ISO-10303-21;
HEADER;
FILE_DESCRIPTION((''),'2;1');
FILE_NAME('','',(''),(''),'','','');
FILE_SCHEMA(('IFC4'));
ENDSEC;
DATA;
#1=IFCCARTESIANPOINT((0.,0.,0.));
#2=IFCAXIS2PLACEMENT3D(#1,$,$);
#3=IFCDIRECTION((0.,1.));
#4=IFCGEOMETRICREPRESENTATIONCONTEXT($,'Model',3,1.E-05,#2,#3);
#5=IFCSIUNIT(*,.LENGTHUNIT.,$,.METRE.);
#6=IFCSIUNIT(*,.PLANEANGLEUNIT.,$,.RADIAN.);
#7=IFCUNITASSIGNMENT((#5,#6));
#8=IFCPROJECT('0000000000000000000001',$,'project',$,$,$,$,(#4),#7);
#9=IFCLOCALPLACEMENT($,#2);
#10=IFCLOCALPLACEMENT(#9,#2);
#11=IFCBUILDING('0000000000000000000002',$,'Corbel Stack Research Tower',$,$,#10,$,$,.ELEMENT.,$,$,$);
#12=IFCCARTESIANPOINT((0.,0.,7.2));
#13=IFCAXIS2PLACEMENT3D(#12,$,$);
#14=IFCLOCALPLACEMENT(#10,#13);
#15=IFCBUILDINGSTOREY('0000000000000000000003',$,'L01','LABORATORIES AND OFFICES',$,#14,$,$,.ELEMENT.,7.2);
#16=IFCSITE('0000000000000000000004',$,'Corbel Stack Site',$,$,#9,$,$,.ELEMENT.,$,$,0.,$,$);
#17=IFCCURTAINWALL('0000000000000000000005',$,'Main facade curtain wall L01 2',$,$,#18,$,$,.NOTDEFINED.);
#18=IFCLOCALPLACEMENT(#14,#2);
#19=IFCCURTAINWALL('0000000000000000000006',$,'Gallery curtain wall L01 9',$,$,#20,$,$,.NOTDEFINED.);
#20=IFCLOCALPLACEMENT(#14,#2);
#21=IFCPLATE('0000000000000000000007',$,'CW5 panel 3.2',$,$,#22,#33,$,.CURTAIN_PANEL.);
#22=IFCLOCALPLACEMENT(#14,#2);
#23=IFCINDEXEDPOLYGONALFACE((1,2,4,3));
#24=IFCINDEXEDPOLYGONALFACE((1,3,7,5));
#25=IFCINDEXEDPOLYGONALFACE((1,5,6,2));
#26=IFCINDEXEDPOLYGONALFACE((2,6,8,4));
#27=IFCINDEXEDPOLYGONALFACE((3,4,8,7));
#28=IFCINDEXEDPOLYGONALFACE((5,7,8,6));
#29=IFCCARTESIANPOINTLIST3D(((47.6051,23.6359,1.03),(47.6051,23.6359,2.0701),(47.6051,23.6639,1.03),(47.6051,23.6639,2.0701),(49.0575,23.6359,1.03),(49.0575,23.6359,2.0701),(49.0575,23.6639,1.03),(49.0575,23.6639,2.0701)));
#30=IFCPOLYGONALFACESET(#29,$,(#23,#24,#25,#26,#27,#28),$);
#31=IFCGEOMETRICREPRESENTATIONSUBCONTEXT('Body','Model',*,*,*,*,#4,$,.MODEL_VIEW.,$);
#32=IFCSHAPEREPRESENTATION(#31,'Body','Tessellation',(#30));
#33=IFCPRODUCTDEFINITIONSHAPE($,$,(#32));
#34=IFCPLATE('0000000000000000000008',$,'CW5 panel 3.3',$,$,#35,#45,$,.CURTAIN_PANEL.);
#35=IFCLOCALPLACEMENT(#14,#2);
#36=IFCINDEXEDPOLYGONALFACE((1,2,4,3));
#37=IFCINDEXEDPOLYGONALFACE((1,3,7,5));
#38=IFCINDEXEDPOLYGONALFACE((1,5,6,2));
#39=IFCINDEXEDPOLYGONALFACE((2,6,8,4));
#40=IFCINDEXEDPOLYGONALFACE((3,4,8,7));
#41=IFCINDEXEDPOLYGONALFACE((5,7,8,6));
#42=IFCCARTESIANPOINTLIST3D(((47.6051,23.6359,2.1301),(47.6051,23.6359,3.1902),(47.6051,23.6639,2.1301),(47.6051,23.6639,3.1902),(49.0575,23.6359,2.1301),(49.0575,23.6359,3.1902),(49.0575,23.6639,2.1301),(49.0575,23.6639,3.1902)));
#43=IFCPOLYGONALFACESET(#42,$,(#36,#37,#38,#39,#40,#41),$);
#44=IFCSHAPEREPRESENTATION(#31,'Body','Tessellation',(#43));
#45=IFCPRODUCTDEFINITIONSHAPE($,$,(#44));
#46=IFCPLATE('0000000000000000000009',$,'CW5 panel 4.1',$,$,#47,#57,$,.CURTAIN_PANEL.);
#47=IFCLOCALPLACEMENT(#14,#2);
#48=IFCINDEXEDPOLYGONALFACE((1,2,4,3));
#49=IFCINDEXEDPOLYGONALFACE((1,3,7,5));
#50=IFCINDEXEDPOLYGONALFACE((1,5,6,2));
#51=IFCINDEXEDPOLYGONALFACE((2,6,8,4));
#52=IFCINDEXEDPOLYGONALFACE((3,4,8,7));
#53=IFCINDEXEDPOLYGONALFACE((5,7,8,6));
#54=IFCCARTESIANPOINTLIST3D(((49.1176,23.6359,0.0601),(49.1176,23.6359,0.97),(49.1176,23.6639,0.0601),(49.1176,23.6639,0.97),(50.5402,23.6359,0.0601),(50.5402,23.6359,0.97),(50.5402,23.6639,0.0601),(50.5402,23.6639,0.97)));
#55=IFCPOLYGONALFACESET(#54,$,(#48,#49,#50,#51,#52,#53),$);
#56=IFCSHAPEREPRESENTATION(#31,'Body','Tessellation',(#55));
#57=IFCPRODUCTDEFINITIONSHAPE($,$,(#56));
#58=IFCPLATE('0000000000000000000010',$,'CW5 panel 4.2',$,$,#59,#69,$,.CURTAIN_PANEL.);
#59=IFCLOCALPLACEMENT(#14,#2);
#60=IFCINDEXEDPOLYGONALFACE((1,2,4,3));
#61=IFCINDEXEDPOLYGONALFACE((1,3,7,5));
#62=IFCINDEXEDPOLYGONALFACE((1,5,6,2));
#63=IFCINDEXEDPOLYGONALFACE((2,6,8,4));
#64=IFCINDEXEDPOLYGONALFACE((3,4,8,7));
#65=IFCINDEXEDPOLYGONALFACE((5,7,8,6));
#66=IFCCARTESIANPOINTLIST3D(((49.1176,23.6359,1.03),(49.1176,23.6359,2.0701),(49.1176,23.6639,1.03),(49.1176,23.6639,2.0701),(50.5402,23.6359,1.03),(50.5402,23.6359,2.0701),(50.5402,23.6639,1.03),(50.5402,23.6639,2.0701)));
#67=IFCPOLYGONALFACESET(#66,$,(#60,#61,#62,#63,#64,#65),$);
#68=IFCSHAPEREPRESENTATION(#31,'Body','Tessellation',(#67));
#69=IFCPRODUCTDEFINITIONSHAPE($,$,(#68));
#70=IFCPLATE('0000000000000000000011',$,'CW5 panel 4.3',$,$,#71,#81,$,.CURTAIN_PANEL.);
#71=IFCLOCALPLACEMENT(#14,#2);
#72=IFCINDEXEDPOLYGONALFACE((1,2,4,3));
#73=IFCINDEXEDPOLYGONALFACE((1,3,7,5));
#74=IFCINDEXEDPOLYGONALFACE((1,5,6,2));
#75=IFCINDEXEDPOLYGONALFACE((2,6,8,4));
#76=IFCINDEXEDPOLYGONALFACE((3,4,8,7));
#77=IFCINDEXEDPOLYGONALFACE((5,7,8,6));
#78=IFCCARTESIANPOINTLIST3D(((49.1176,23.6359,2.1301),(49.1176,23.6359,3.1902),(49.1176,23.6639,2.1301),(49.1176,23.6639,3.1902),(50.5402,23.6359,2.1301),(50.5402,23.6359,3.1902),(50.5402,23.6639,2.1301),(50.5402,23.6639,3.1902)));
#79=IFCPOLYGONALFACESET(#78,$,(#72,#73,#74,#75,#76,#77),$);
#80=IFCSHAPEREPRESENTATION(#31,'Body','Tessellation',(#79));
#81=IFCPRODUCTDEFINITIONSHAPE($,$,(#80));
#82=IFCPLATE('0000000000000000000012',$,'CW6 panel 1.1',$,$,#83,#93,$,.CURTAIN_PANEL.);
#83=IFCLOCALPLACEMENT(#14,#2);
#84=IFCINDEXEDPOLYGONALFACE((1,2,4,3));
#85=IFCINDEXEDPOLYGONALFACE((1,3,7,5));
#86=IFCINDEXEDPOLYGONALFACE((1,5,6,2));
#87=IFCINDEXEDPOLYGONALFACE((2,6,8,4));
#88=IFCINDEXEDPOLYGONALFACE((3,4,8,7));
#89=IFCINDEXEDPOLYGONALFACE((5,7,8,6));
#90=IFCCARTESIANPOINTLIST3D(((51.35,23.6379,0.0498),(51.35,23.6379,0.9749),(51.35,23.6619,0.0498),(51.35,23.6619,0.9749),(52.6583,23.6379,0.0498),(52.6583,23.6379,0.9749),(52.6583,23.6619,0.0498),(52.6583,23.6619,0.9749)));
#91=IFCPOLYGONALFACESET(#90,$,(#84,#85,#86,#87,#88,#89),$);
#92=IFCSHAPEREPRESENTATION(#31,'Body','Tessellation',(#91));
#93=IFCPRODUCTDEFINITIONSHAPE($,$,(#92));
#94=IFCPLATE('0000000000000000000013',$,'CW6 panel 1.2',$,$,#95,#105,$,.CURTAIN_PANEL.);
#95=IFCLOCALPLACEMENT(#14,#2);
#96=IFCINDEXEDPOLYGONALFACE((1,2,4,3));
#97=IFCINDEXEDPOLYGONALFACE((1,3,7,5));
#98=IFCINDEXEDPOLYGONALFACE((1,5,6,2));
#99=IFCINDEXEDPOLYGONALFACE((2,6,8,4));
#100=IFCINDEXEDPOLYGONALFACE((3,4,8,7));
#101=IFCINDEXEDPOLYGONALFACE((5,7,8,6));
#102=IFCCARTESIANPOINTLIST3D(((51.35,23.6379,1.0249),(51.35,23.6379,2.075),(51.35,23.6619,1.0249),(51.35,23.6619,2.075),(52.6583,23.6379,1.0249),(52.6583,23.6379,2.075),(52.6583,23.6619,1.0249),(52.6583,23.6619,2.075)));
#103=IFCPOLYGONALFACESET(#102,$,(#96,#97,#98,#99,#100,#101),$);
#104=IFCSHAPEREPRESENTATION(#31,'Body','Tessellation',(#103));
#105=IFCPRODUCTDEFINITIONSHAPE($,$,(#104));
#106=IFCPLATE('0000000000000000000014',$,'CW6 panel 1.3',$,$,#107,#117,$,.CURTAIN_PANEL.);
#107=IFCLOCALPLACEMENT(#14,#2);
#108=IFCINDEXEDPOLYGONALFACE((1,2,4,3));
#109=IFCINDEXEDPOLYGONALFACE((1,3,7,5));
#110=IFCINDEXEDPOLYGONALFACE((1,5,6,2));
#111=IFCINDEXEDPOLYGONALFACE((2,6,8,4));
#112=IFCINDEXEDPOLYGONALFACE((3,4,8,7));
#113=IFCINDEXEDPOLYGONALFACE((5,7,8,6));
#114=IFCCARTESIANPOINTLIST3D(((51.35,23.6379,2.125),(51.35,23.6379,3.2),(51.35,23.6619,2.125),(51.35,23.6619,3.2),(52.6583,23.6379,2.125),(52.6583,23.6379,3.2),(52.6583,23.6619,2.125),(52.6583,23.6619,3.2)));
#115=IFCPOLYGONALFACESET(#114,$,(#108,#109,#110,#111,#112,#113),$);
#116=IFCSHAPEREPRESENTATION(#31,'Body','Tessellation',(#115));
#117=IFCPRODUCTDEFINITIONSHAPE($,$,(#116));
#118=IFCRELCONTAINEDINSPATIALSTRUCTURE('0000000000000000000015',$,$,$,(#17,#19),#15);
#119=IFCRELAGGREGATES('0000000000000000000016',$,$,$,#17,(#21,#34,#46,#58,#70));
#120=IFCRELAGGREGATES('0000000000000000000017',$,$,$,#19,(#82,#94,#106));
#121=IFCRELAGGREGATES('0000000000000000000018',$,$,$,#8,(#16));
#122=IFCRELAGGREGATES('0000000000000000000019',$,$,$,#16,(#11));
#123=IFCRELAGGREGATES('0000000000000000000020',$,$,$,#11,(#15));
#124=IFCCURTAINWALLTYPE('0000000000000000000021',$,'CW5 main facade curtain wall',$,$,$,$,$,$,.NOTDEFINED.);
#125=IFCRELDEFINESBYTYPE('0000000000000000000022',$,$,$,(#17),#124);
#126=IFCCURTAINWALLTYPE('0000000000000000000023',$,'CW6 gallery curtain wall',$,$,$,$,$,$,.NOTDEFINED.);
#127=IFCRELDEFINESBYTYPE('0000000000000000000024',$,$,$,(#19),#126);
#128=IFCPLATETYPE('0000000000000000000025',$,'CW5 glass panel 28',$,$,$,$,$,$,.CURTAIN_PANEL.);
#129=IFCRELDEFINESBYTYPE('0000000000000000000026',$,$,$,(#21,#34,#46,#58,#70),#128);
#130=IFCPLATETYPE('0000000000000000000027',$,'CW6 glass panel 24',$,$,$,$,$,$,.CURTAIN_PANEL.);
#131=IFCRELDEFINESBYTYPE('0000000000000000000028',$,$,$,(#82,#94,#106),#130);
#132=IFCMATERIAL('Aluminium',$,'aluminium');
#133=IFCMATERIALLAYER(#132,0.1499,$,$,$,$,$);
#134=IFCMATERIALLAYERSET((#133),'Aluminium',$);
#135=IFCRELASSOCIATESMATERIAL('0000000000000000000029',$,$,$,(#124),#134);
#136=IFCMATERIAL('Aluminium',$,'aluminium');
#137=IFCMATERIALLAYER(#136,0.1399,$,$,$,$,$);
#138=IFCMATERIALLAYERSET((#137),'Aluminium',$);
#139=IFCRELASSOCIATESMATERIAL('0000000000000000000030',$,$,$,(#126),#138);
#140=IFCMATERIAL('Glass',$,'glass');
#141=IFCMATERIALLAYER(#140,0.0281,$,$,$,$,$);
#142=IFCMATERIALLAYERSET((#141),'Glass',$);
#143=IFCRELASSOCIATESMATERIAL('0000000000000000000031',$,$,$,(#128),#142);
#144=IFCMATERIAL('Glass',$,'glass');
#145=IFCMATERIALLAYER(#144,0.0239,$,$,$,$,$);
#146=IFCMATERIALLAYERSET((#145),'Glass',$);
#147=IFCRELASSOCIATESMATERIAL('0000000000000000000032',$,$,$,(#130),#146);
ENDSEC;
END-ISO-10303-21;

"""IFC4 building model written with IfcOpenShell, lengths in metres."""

from ifc_helpers import new_model, si_unit, direction, frame, origin, origin_2d, place, context, subcontext, project, spatial, rectangle, extrude, material, layer, layer_set, type_object, element, aggregate, save


model = new_model("IFC4")

# Units and contexts
model_context = context("Model", 3, precision=1e-05, world=origin(), true_north=direction((0.0, 1.0)))
body_context = subcontext(model_context, "Body", "Model", "MODEL_VIEW")
ifc_project = project(units=[si_unit("LENGTHUNIT", "METRE"), si_unit("PLANEANGLEUNIT", "RADIAN")], contexts=[model_context])

# Site, building, storey
site_placement = place(None, origin())
site = spatial("IfcSite", under=ifc_project, at=site_placement, Name="Corbel Stack Site", CompositionType="ELEMENT", RefElevation=0.0)
building_placement = place(site_placement, origin())
building = spatial("IfcBuilding", under=site, at=building_placement, Name="Corbel Stack Research Tower", CompositionType="ELEMENT")
storey_placement = place(building_placement, frame((0.0, 0.0, 7.2)))
storey = spatial("IfcBuildingStorey", under=building, at=storey_placement, Name="L01", Description="LABORATORIES AND OFFICES", CompositionType="ELEMENT", Elevation=7.2)

# Curtain walls
ifc_material_1 = material(Name="Aluminium", Category="aluminium")
ifc_layer_1 = layer(ifc_material_1, 0.1499)
ifc_layer_set_1 = layer_set([ifc_layer_1], Name="Aluminium")
curtain_wall_type_1 = type_object("IfcCurtainWallType", Name="CW5 main facade curtain wall", PredefinedType="NOTDEFINED", material=ifc_layer_set_1)
curtain_wall_1_placement = place(storey_placement, origin())
curtain_wall_1 = element("IfcCurtainWall", 1, at=curtain_wall_1_placement, inside=storey, type_object=curtain_wall_type_1, Name="Main facade curtain wall L01 2", PredefinedType="NOTDEFINED")
ifc_material_2 = material(Name="Aluminium", Category="aluminium")
ifc_layer_2 = layer(ifc_material_2, 0.1399)
ifc_layer_set_2 = layer_set([ifc_layer_2], Name="Aluminium")
curtain_wall_type_2 = type_object("IfcCurtainWallType", Name="CW6 gallery curtain wall", PredefinedType="NOTDEFINED", material=ifc_layer_set_2)
curtain_wall_2_placement = place(storey_placement, origin())
curtain_wall_2 = element("IfcCurtainWall", 2, at=curtain_wall_2_placement, inside=storey, type_object=curtain_wall_type_2, Name="Gallery curtain wall L01 9", PredefinedType="NOTDEFINED")

# Plates
ifc_material_3 = material(Name="Glass", Category="glass")
ifc_layer_3 = layer(ifc_material_3, 0.0281)
ifc_layer_set_3 = layer_set([ifc_layer_3], Name="Glass")
plate_type_1 = type_object("IfcPlateType", Name="CW5 glass panel 28", PredefinedType="CURTAIN_PANEL", material=ifc_layer_set_3)
plate_1_placement = place(storey_placement, frame((48.3313, 23.6499, 1.03), z_axis=(0.0, 0.0, 1.0), x_axis=(1.0, 0.0, 0.0)))
plate_1 = element("IfcPlate", 3, at=plate_1_placement, type_object=plate_type_1, Name="CW5 panel 3.2", PredefinedType="CURTAIN_PANEL", context=body_context, shape_type="SweptSolid", body=[
    extrude(rectangle(XDim=1.4524, YDim=0.0281, at=origin_2d()), origin(), (0.0, 0.0, 1.0), 1.04),
])
plate_2_placement = place(storey_placement, frame((48.3313, 23.6499, 2.1301), z_axis=(0.0, 0.0, 1.0), x_axis=(1.0, 0.0, 0.0)))
plate_2 = element("IfcPlate", 4, at=plate_2_placement, type_object=plate_type_1, Name="CW5 panel 3.3", PredefinedType="CURTAIN_PANEL", context=body_context, shape_type="SweptSolid", body=[
    extrude(rectangle(XDim=1.4524, YDim=0.0281, at=origin_2d()), origin(), (0.0, 0.0, 1.0), 1.0601),
])
plate_3_placement = place(storey_placement, frame((49.8289, 23.6499, 0.0601), z_axis=(0.0, 0.0, 1.0), x_axis=(1.0, 0.0, 0.0)))
plate_3 = element("IfcPlate", 5, at=plate_3_placement, type_object=plate_type_1, Name="CW5 panel 4.1", PredefinedType="CURTAIN_PANEL", context=body_context, shape_type="SweptSolid", body=[
    extrude(rectangle(XDim=1.4226, YDim=0.0281, at=origin_2d()), origin(), (0.0, 0.0, 1.0), 0.9099),
])
plate_4_placement = place(storey_placement, frame((49.8289, 23.6499, 1.03), z_axis=(0.0, 0.0, 1.0), x_axis=(1.0, 0.0, 0.0)))
plate_4 = element("IfcPlate", 6, at=plate_4_placement, type_object=plate_type_1, Name="CW5 panel 4.2", PredefinedType="CURTAIN_PANEL", context=body_context, shape_type="SweptSolid", body=[
    extrude(rectangle(XDim=1.4226, YDim=0.0281, at=origin_2d()), origin(), (0.0, 0.0, 1.0), 1.04),
])
plate_5_placement = place(storey_placement, frame((49.8289, 23.6499, 2.1301), z_axis=(0.0, 0.0, 1.0), x_axis=(1.0, 0.0, 0.0)))
plate_5 = element("IfcPlate", 7, at=plate_5_placement, type_object=plate_type_1, Name="CW5 panel 4.3", PredefinedType="CURTAIN_PANEL", context=body_context, shape_type="SweptSolid", body=[
    extrude(rectangle(XDim=1.4226, YDim=0.0281, at=origin_2d()), origin(), (0.0, 0.0, 1.0), 1.0601),
])
aggregate(curtain_wall_1, [plate_1, plate_2, plate_3, plate_4, plate_5])
ifc_material_4 = material(Name="Glass", Category="glass")
ifc_layer_4 = layer(ifc_material_4, 0.0239)
ifc_layer_set_4 = layer_set([ifc_layer_4], Name="Glass")
plate_type_2 = type_object("IfcPlateType", Name="CW6 glass panel 24", PredefinedType="CURTAIN_PANEL", material=ifc_layer_set_4)
plate_6_placement = place(storey_placement, frame((52.0042, 23.6499, 0.0498), z_axis=(0.0, 0.0, 1.0), x_axis=(1.0, 0.0, 0.0)))
plate_6 = element("IfcPlate", 8, at=plate_6_placement, type_object=plate_type_2, Name="CW6 panel 1.1", PredefinedType="CURTAIN_PANEL", context=body_context, shape_type="SweptSolid", body=[
    extrude(rectangle(XDim=1.3083, YDim=0.0239, at=origin_2d()), origin(), (0.0, 0.0, 1.0), 0.925),
])
plate_7_placement = place(storey_placement, frame((52.0042, 23.6499, 1.0249), z_axis=(0.0, 0.0, 1.0), x_axis=(1.0, 0.0, 0.0)))
plate_7 = element("IfcPlate", 9, at=plate_7_placement, type_object=plate_type_2, Name="CW6 panel 1.2", PredefinedType="CURTAIN_PANEL", context=body_context, shape_type="SweptSolid", body=[
    extrude(rectangle(XDim=1.3083, YDim=0.0239, at=origin_2d()), origin(), (0.0, 0.0, 1.0), 1.05),
])
plate_8_placement = place(storey_placement, frame((52.0042, 23.6499, 2.125), z_axis=(0.0, 0.0, 1.0), x_axis=(1.0, 0.0, 0.0)))
plate_8 = element("IfcPlate", 10, at=plate_8_placement, type_object=plate_type_2, Name="CW6 panel 1.3", PredefinedType="CURTAIN_PANEL", context=body_context, shape_type="SweptSolid", body=[
    extrude(rectangle(XDim=1.3083, YDim=0.0239, at=origin_2d()), origin(), (0.0, 0.0, 1.0), 1.075),
])
aggregate(curtain_wall_2, [plate_6, plate_7, plate_8])

save(model, "model.ifc")
